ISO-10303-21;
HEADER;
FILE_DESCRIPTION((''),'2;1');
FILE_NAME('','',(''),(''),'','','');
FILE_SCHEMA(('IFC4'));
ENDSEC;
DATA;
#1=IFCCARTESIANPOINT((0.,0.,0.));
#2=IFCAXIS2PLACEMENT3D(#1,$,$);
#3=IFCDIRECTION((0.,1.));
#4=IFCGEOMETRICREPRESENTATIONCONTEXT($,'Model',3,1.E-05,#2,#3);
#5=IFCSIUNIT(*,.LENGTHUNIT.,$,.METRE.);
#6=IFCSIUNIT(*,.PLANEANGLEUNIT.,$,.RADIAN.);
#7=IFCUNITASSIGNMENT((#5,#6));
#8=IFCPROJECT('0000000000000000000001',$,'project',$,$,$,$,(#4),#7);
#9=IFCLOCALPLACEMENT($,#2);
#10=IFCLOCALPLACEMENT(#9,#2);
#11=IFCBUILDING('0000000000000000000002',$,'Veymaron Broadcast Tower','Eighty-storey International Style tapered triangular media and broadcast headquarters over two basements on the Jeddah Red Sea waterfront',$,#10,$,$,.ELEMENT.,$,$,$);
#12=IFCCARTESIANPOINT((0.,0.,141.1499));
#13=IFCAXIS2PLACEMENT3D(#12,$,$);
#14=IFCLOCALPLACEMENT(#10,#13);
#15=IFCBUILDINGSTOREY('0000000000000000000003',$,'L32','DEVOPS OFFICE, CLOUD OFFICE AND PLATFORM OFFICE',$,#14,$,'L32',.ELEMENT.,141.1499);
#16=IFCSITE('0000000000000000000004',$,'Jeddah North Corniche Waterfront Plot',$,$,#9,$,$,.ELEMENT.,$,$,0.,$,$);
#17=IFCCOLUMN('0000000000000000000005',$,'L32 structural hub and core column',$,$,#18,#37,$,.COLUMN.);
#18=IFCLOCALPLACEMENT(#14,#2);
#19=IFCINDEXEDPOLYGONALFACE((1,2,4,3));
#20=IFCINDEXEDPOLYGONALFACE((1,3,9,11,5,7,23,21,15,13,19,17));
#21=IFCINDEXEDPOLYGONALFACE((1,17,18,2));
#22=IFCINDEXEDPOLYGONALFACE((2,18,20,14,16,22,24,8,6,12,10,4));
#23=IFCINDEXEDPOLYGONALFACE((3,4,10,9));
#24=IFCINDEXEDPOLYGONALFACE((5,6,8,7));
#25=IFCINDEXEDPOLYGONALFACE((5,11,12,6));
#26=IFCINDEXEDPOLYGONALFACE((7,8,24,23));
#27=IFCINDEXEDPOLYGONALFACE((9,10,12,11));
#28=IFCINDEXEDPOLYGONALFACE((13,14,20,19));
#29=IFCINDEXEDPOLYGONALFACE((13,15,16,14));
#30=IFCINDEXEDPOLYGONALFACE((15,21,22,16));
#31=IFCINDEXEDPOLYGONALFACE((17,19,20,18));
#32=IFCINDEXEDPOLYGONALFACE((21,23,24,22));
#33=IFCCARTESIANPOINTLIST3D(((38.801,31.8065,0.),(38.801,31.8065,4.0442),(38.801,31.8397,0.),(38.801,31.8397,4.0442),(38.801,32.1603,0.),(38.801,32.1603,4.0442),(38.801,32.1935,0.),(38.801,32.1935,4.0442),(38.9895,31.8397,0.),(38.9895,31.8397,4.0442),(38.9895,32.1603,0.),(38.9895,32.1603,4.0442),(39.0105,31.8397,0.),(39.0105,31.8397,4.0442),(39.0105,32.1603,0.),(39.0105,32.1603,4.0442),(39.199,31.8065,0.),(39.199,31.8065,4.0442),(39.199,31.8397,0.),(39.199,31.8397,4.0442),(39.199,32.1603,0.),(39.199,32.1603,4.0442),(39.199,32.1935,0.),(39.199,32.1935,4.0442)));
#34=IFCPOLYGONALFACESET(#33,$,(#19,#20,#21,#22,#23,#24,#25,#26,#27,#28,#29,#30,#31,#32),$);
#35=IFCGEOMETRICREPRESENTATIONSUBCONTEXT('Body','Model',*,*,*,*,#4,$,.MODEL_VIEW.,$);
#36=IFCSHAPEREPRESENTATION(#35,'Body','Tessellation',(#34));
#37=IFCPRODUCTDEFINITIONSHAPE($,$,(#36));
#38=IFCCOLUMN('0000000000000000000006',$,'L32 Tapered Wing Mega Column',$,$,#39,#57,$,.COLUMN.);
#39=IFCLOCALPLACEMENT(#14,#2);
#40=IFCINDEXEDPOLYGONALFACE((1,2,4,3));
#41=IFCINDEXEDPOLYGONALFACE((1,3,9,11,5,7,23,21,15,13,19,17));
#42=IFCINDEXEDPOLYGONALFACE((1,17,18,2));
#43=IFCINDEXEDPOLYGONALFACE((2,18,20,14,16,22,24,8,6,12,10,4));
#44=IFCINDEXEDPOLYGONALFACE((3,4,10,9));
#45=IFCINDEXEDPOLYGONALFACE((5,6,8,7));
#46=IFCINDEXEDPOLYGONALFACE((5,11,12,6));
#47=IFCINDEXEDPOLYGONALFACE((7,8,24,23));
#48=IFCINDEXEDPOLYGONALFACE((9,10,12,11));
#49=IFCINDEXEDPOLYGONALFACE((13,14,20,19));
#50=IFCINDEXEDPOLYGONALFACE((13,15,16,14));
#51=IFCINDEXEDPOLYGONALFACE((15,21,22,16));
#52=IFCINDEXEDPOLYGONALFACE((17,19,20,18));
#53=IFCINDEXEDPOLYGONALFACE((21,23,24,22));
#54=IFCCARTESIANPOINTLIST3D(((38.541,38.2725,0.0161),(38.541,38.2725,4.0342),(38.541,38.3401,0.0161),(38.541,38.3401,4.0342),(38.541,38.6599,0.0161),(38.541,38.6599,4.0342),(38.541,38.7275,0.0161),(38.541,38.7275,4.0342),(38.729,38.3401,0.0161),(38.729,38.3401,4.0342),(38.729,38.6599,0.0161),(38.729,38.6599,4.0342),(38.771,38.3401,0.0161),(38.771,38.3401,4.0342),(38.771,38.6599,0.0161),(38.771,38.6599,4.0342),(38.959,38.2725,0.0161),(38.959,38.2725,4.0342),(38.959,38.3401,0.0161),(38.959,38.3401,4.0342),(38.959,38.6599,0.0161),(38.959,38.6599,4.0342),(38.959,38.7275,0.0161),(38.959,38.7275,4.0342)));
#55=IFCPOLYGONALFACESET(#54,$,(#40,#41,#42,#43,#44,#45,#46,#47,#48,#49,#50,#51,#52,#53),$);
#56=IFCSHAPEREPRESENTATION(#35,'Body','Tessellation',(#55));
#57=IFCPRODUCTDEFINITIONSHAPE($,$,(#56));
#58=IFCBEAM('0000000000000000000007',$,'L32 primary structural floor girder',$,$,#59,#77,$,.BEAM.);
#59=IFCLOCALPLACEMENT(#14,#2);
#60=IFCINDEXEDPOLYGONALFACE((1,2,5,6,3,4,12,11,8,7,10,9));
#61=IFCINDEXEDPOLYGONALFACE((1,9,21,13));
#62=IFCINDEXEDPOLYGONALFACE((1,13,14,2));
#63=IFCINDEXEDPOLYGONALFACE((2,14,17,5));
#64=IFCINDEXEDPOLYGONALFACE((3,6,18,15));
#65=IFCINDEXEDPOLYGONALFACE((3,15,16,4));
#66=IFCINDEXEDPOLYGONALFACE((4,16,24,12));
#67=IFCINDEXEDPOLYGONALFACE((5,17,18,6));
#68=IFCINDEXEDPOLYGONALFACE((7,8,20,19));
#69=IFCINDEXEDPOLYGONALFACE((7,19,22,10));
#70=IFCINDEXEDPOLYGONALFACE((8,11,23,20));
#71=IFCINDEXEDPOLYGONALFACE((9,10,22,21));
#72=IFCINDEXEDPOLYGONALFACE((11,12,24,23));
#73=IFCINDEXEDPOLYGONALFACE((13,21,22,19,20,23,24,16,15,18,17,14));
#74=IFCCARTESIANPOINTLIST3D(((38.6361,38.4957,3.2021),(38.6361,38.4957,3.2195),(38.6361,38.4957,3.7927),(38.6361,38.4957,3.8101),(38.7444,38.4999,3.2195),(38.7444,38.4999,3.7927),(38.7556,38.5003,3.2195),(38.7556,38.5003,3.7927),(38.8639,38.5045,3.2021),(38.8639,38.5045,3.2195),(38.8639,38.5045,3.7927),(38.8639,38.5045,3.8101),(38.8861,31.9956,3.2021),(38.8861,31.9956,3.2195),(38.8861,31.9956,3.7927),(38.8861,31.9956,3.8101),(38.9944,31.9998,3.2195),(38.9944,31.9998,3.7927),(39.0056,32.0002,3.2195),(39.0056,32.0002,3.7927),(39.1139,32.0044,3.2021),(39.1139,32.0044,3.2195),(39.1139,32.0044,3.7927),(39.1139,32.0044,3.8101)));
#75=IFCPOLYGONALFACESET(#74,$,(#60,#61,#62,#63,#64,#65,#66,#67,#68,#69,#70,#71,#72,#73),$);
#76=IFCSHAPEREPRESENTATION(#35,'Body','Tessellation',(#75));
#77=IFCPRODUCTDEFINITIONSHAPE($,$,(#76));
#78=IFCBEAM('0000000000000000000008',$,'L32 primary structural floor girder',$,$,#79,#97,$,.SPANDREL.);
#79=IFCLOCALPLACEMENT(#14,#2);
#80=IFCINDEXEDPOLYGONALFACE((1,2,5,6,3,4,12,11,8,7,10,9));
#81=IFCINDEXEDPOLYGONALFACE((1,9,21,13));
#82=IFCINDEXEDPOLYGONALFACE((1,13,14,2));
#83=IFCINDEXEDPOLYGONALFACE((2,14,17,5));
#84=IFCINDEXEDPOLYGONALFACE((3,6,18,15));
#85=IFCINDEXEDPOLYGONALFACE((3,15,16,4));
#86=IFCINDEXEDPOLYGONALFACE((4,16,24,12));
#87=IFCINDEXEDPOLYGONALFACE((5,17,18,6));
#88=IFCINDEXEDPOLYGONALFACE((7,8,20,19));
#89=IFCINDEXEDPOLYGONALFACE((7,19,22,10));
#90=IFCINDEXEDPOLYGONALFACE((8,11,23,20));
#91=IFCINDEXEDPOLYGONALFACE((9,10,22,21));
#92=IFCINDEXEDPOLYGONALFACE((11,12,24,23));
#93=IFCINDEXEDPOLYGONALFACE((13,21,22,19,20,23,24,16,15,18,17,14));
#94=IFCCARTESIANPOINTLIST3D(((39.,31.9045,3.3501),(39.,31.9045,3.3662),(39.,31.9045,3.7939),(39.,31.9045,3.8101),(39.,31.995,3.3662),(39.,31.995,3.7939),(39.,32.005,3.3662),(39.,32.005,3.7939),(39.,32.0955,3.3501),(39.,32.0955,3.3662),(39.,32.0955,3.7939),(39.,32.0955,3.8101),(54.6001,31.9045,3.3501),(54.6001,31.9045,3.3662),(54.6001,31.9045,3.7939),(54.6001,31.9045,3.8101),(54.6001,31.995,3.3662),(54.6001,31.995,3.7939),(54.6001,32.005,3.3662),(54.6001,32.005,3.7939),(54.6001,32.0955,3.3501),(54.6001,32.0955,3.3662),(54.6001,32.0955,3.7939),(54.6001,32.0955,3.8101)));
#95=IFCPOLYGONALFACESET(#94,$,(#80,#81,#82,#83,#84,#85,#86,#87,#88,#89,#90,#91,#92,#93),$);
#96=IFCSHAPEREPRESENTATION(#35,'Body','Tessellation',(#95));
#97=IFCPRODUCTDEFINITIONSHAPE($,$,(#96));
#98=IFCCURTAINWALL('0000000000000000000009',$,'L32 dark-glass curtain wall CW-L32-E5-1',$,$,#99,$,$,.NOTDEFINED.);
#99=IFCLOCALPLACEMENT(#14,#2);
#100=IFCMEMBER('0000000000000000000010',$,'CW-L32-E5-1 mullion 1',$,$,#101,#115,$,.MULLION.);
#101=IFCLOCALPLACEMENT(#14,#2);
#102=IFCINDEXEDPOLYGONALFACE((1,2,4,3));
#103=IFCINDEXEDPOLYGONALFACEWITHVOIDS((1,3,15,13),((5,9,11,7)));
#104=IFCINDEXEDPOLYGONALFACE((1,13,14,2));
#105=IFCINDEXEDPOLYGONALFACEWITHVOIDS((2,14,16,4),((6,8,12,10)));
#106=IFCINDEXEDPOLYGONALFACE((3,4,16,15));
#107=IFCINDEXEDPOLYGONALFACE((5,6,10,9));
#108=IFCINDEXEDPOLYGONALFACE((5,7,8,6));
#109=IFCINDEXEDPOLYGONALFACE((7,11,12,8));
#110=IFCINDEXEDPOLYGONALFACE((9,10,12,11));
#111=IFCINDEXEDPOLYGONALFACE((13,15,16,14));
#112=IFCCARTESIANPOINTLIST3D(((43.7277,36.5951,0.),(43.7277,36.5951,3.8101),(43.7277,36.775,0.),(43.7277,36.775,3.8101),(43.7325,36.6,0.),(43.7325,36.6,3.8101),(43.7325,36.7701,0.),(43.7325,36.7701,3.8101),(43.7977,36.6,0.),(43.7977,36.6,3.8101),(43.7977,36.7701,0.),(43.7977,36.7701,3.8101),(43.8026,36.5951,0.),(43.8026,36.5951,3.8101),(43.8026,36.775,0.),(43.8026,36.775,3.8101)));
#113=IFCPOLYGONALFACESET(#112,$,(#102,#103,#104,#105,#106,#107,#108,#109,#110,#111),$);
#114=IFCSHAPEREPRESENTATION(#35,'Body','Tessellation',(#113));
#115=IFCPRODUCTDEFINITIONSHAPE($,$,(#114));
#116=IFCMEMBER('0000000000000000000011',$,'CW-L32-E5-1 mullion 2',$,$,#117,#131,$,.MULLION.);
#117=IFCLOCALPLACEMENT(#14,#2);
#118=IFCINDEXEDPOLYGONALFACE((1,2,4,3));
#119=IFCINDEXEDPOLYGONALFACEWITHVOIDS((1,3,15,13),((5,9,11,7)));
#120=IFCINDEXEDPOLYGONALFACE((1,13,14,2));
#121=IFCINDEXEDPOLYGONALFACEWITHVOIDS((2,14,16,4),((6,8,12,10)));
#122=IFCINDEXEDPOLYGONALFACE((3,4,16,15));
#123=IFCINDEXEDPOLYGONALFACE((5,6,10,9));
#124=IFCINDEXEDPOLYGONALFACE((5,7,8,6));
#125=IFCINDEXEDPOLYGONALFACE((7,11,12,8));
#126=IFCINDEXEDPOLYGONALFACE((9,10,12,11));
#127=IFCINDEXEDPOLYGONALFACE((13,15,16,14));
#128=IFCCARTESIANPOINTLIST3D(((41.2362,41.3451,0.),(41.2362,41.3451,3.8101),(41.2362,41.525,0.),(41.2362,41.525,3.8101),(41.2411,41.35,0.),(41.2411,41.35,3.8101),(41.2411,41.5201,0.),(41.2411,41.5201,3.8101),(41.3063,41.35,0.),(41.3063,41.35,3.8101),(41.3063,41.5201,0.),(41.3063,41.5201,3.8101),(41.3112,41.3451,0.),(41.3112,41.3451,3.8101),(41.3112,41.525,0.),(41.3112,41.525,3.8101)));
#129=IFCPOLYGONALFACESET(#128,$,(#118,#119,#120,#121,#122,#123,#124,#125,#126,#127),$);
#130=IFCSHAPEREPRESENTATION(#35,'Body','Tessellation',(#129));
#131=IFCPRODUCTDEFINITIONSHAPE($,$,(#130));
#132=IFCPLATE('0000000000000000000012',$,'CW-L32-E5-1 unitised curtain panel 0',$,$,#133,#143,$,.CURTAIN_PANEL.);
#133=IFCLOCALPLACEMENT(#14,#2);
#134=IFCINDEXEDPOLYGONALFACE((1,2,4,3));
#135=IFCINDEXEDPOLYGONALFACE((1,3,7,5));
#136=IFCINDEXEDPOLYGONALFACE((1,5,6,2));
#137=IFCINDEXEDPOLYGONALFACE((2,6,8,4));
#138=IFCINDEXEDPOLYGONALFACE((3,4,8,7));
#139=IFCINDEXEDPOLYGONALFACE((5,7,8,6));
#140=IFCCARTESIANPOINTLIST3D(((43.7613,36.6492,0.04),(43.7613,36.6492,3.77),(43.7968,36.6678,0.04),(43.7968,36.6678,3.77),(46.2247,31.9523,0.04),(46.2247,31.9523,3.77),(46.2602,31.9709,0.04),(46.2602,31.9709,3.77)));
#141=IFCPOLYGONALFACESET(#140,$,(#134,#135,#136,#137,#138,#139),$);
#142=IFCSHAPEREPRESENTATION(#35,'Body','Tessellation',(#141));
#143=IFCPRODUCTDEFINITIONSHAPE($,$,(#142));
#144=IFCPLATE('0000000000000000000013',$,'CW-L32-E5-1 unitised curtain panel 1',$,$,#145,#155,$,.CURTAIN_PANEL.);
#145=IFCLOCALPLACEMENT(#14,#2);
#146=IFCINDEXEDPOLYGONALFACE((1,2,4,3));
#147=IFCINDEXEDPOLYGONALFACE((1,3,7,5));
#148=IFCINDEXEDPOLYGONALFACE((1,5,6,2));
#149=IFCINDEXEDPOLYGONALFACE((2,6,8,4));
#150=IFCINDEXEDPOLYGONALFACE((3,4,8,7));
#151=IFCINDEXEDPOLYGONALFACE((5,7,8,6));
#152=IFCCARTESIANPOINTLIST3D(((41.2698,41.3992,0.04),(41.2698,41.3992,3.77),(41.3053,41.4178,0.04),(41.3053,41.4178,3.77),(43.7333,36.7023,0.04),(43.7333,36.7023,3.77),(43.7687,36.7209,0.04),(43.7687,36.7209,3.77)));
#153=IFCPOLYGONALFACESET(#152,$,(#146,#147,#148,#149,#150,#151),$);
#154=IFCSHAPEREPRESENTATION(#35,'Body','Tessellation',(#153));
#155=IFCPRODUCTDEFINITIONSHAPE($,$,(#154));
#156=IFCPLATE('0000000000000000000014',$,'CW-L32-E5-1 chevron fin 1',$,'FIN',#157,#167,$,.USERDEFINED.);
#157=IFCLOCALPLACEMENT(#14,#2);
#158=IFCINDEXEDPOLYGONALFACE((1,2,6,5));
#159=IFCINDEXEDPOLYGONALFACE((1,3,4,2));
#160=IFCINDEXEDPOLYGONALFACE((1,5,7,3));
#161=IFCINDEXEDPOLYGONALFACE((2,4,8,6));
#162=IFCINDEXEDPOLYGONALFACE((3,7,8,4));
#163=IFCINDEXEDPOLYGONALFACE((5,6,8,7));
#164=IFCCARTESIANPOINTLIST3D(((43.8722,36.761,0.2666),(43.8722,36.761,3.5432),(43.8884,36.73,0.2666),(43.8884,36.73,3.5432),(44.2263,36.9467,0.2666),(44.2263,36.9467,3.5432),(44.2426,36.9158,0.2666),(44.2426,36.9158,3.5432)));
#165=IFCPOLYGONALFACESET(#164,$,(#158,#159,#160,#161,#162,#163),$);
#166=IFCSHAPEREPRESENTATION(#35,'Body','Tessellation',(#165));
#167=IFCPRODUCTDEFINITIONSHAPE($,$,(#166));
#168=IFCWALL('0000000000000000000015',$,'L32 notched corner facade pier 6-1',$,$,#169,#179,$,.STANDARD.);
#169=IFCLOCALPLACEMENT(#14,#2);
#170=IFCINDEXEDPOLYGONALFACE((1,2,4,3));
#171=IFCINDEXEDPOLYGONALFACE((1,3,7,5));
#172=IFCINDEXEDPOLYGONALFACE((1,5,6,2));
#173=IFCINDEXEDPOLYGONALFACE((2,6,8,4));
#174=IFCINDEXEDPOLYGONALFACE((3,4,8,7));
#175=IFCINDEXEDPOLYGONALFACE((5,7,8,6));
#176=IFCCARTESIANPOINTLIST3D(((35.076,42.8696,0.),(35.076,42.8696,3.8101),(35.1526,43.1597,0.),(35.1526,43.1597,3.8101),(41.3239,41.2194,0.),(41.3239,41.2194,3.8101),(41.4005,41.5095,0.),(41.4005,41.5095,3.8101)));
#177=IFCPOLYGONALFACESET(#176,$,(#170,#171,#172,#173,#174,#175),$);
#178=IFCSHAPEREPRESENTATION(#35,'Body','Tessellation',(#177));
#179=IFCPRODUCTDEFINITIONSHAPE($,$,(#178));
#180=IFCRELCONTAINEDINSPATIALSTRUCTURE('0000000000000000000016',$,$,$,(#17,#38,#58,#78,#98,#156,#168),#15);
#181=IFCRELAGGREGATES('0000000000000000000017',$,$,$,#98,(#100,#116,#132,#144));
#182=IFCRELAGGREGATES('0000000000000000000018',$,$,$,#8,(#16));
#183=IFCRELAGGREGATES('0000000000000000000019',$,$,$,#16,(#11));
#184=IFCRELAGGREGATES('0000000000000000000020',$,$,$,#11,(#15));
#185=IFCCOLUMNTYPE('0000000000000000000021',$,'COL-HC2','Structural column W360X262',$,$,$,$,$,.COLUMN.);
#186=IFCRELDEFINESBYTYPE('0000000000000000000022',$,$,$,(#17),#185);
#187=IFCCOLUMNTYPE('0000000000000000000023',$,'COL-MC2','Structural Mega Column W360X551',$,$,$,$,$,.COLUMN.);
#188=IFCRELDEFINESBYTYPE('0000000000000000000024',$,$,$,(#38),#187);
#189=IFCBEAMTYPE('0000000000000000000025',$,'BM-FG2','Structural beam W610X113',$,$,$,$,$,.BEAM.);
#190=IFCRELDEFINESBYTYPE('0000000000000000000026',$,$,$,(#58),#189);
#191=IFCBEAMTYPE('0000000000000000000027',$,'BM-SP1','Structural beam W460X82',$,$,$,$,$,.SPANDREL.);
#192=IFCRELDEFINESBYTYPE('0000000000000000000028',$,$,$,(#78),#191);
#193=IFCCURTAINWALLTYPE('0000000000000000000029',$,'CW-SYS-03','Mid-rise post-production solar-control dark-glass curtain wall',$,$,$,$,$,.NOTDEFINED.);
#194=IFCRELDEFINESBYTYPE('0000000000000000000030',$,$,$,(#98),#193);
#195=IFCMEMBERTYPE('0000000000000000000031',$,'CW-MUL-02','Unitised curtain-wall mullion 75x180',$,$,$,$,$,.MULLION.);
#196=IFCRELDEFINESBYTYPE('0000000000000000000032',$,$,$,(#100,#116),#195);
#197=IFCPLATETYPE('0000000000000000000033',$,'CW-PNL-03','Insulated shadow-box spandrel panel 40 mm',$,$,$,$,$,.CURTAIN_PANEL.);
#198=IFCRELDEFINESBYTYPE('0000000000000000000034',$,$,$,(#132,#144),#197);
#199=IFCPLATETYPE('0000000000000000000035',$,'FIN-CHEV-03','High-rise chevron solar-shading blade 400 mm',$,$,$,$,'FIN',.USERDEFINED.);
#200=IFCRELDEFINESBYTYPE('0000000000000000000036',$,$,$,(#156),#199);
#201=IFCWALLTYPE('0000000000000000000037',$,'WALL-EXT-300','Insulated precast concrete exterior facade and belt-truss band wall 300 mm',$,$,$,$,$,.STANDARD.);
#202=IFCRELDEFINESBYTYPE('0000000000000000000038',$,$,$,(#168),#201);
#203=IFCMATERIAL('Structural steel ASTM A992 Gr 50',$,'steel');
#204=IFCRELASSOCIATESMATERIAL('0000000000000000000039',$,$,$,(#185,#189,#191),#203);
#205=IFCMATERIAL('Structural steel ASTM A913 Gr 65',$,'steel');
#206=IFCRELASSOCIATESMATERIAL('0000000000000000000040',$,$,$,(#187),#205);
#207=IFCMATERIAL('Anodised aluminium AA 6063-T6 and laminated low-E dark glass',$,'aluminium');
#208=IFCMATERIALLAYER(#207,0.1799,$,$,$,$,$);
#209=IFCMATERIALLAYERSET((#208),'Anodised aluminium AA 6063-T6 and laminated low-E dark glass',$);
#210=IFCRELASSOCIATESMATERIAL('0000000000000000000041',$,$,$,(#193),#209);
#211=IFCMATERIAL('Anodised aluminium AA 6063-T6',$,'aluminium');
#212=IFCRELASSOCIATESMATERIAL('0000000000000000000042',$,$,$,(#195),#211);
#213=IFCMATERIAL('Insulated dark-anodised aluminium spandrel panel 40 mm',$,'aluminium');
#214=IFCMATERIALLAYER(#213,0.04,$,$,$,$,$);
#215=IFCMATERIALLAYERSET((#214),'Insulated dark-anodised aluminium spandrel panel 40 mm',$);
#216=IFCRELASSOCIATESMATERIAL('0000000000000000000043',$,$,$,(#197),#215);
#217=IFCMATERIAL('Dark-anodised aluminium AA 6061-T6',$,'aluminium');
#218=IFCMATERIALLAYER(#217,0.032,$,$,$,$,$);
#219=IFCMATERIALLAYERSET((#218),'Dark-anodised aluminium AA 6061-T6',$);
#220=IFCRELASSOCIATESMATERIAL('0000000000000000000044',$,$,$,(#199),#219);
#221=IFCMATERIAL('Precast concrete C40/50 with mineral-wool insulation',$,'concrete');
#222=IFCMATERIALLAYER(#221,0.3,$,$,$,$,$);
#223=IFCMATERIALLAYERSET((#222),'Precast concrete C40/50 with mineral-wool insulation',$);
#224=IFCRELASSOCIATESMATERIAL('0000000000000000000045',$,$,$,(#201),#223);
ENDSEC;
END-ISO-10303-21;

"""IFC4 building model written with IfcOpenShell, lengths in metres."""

from ifc_helpers import new_model, si_unit, direction, frame, frame_2d, origin, origin_2d, place, context, subcontext, project, spatial, rectangle, hollow_rectangle, i_section, extrude, material, layer, layer_set, material_profile, profile_set, type_object, element, aggregate, save


model = new_model("IFC4")

# Units and contexts
model_context = context("Model", 3, precision=1e-05, world=origin(), true_north=direction((0.0, 1.0)))
body_context = subcontext(model_context, "Body", "Model", "MODEL_VIEW")
ifc_project = project(units=[si_unit("LENGTHUNIT", "METRE"), si_unit("PLANEANGLEUNIT", "RADIAN")], contexts=[model_context])

# Site, building, storey
site_placement = place(None, origin())
site = spatial("IfcSite", under=ifc_project, at=site_placement, Name="Jeddah North Corniche Waterfront Plot", CompositionType="ELEMENT", RefElevation=0.0)
building_placement = place(site_placement, origin())
building = spatial("IfcBuilding", under=site, at=building_placement, Name="Veymaron Broadcast Tower", Description="Eighty-storey International Style tapered triangular media and broadcast headquarters over two basements on the Jeddah Red Sea waterfront", CompositionType="ELEMENT")
storey_placement = place(building_placement, frame((0.0, 0.0, 141.1499)))
storey = spatial("IfcBuildingStorey", under=building, at=storey_placement, Name="L32", Description="DEVOPS OFFICE, CLOUD OFFICE AND PLATFORM OFFICE", LongName="L32", CompositionType="ELEMENT", Elevation=141.1499)

# Columns
ifc_material_1 = material(Name="Structural steel ASTM A992 Gr 50", Category="steel")
ifc_material_profile_1 = material_profile(ifc_material_1, i_section(OverallWidth=0.3979, OverallDepth=0.387, WebThickness=0.021, FlangeThickness=0.0332, at=origin_2d()), Name="W360X262")
ifc_profile_set_1 = profile_set([ifc_material_profile_1], Name="Structural steel ASTM A992 Gr 50")
column_type_1 = type_object("IfcColumnType", Name="COL-HC2", Description="Structural column W360X262", PredefinedType="COLUMN", material=ifc_profile_set_1)
column_1_placement = place(storey_placement, frame((39.0, 32.0, 0.0), z_axis=(0.0, 0.0, 1.0), x_axis=(1.0, 0.0, 0.0)))
element("IfcColumn", 1, at=column_1_placement, inside=storey, type_object=column_type_1, Name="L32 structural hub and core column", PredefinedType="COLUMN", context=body_context, shape_type="SweptSolid", body=[
    extrude(i_section(OverallWidth=0.3979, OverallDepth=0.387, WebThickness=0.021, FlangeThickness=0.0332, at=origin_2d()), origin(), (0.0, 0.0, 1.0), 4.0442),
])
ifc_material_2 = material(Name="Structural steel ASTM A913 Gr 65", Category="steel")
ifc_material_profile_2 = material_profile(ifc_material_2, i_section(OverallWidth=0.418, OverallDepth=0.4551, WebThickness=0.042, FlangeThickness=0.0676, at=origin_2d()), Name="W360X551")
ifc_profile_set_2 = profile_set([ifc_material_profile_2], Name="Structural steel ASTM A913 Gr 65")
column_type_2 = type_object("IfcColumnType", Name="COL-MC2", Description="Structural Mega Column W360X551", PredefinedType="COLUMN", material=ifc_profile_set_2)
column_2_placement = place(storey_placement, frame((38.75, 38.5, 0.0161), z_axis=(0.0, 0.0, 1.0), x_axis=(1.0, 0.0, 0.0)))
element("IfcColumn", 2, at=column_2_placement, inside=storey, type_object=column_type_2, Name="L32 Tapered Wing Mega Column", PredefinedType="COLUMN", context=body_context, shape_type="SweptSolid", body=[
    extrude(i_section(OverallWidth=0.418, OverallDepth=0.4551, WebThickness=0.042, FlangeThickness=0.0676, at=origin_2d()), origin(), (0.0, 0.0, 1.0), 4.0181),
])

# Beams
ifc_material_profile_3 = material_profile(ifc_material_1, i_section(OverallWidth=0.228, OverallDepth=0.6079, WebThickness=0.0112, FlangeThickness=0.0173, at=origin_2d()), Name="W610X113")
ifc_profile_set_3 = profile_set([ifc_material_profile_3], Name="Structural steel ASTM A992 Gr 50")
beam_type_1 = type_object("IfcBeamType", Name="BM-FG2", Description="Structural beam W610X113", PredefinedType="BEAM", material=ifc_profile_set_3)
beam_1_placement = place(storey_placement, frame((39.0, 32.0, 3.5061), z_axis=(-0.038433, 0.999261, 0.0), x_axis=(-0.999261, -0.038433, 0.0)))
element("IfcBeam", 3, at=beam_1_placement, inside=storey, type_object=beam_type_1, Name="L32 primary structural floor girder", PredefinedType="BEAM", context=body_context, shape_type="SweptSolid", body=[
    extrude(i_section(OverallWidth=0.228, OverallDepth=0.6079, WebThickness=0.0112, FlangeThickness=0.0173, at=origin_2d()), origin(), (0.0, 0.0, 1.0), 6.5049),
])
ifc_material_profile_4 = material_profile(ifc_material_1, i_section(OverallWidth=0.1909, OverallDepth=0.46, WebThickness=0.01, FlangeThickness=0.0161, at=origin_2d()), Name="W460X82")
ifc_profile_set_4 = profile_set([ifc_material_profile_4], Name="Structural steel ASTM A992 Gr 50")
beam_type_2 = type_object("IfcBeamType", Name="BM-SP1", Description="Structural beam W460X82", PredefinedType="SPANDREL", material=ifc_profile_set_4)
beam_2_placement = place(storey_placement, frame((39.0, 32.0, 3.5801), z_axis=(1.0, 0.0, 0.0), x_axis=(0.0, 1.0, 0.0)))
element("IfcBeam", 4, at=beam_2_placement, inside=storey, type_object=beam_type_2, Name="L32 primary structural floor girder", PredefinedType="SPANDREL", context=body_context, shape_type="SweptSolid", body=[
    extrude(i_section(OverallWidth=0.1909, OverallDepth=0.46, WebThickness=0.01, FlangeThickness=0.0161, at=origin_2d()), origin(), (0.0, 0.0, 1.0), 15.6001),
])

# Curtain wall, members, plates
ifc_material_3 = material(Name="Anodised aluminium AA 6063-T6 and laminated low-E dark glass", Category="aluminium")
ifc_layer_1 = layer(ifc_material_3, 0.1799)
ifc_layer_set_1 = layer_set([ifc_layer_1], Name="Anodised aluminium AA 6063-T6 and laminated low-E dark glass")
curtain_wall_type = type_object("IfcCurtainWallType", Name="CW-SYS-03", Description="Mid-rise post-production solar-control dark-glass curtain wall", PredefinedType="NOTDEFINED", material=ifc_layer_set_1)
curtain_wall_placement = place(storey_placement, origin())
curtain_wall = element("IfcCurtainWall", 5, at=curtain_wall_placement, inside=storey, type_object=curtain_wall_type, Name="L32 dark-glass curtain wall CW-L32-E5-1", PredefinedType="NOTDEFINED")
ifc_material_4 = material(Name="Anodised aluminium AA 6063-T6", Category="aluminium")
ifc_material_profile_5 = material_profile(ifc_material_4, hollow_rectangle(XDim=0.075, YDim=0.1799, WallThickness=0.0049, at=origin_2d()), Name="AL180X75X5")
ifc_profile_set_5 = profile_set([ifc_material_profile_5], Name="Anodised aluminium AA 6063-T6")
member_type = type_object("IfcMemberType", Name="CW-MUL-02", Description="Unitised curtain-wall mullion 75x180", PredefinedType="MULLION", material=ifc_profile_set_5)
member_1_placement = place(storey_placement, frame((43.7651, 36.6851, 0.0), z_axis=(0.0, 0.0, 1.0), x_axis=(1.0, 0.0, 0.0)))
member_1 = element("IfcMember", 6, at=member_1_placement, type_object=member_type, Name="CW-L32-E5-1 mullion 1", PredefinedType="MULLION", context=body_context, shape_type="SweptSolid", body=[
    extrude(hollow_rectangle(XDim=0.075, YDim=0.1799, WallThickness=0.0049, at=origin_2d()), origin(), (0.0, 0.0, 1.0), 3.8101),
])
member_2_placement = place(storey_placement, frame((41.2737, 41.4351, 0.0), z_axis=(0.0, 0.0, 1.0), x_axis=(1.0, 0.0, 0.0)))
member_2 = element("IfcMember", 7, at=member_2_placement, type_object=member_type, Name="CW-L32-E5-1 mullion 2", PredefinedType="MULLION", context=body_context, shape_type="SweptSolid", body=[
    extrude(hollow_rectangle(XDim=0.075, YDim=0.1799, WallThickness=0.0049, at=origin_2d()), origin(), (0.0, 0.0, 1.0), 3.8101),
])
ifc_material_5 = material(Name="Insulated dark-anodised aluminium spandrel panel 40 mm", Category="aluminium")
ifc_layer_2 = layer(ifc_material_5, 0.04)
ifc_layer_set_2 = layer_set([ifc_layer_2], Name="Insulated dark-anodised aluminium spandrel panel 40 mm")
plate_type_1 = type_object("IfcPlateType", Name="CW-PNL-03", Description="Insulated shadow-box spandrel panel 40 mm", PredefinedType="CURTAIN_PANEL", material=ifc_layer_set_2)
plate_1_placement = place(storey_placement, frame((45.0107, 34.3101, 0.04), z_axis=(0.0, 0.0, 1.0), x_axis=(-0.464471, 0.885588, 0.0)))
plate_1 = element("IfcPlate", 8, at=plate_1_placement, type_object=plate_type_1, Name="CW-L32-E5-1 unitised curtain panel 0", PredefinedType="CURTAIN_PANEL", context=body_context, shape_type="SweptSolid", body=[
    extrude(rectangle(XDim=5.3037, YDim=0.04, at=origin_2d()), origin(), (0.0, 0.0, 1.0), 3.73),
])
plate_2_placement = place(storey_placement, frame((42.5193, 39.0601, 0.04), z_axis=(0.0, 0.0, 1.0), x_axis=(-0.464471, 0.885588, 0.0)))
plate_2 = element("IfcPlate", 9, at=plate_2_placement, type_object=plate_type_1, Name="CW-L32-E5-1 unitised curtain panel 1", PredefinedType="CURTAIN_PANEL", context=body_context, shape_type="SweptSolid", body=[
    extrude(rectangle(XDim=5.3037, YDim=0.04, at=origin_2d()), origin(), (0.0, 0.0, 1.0), 3.73),
])
aggregate(curtain_wall, [member_1, member_2, plate_1, plate_2])

# Plate
ifc_material_6 = material(Name="Dark-anodised aluminium AA 6061-T6", Category="aluminium")
ifc_layer_3 = layer(ifc_material_6, 0.032)
ifc_layer_set_3 = layer_set([ifc_layer_3], Name="Dark-anodised aluminium AA 6061-T6")
plate_type_2 = type_object("IfcPlateType", Name="FIN-CHEV-03", Description="High-rise chevron solar-shading blade 400 mm", ElementType="FIN", PredefinedType="USERDEFINED", material=ifc_layer_set_3)
plate_3_placement = place(storey_placement, frame((44.0574, 36.8384, 0.2666), z_axis=(0.0, 0.0, 1.0), x_axis=(0.885588, 0.464471, 0.0)))
element("IfcPlate", 10, at=plate_3_placement, inside=storey, type_object=plate_type_2, Name="CW-L32-E5-1 chevron fin 1", ObjectType="FIN", PredefinedType="USERDEFINED", context=body_context, shape_type="SweptSolid", body=[
    extrude(rectangle(XDim=0.3999, YDim=0.0349, at=origin_2d()), origin(), (0.0, 0.0, 1.0), 3.2766),
])

# Wall
ifc_material_7 = material(Name="Precast concrete C40/50 with mineral-wool insulation", Category="concrete")
ifc_layer_4 = layer(ifc_material_7, 0.3)
ifc_layer_set_4 = layer_set([ifc_layer_4], Name="Precast concrete C40/50 with mineral-wool insulation")
wall_type_1 = type_object("IfcWallType", Name="WALL-EXT-300", Description="Insulated precast concrete exterior facade and belt-truss band wall 300 mm", PredefinedType="STANDARD", material=ifc_layer_set_4)
wall_1_placement = place(storey_placement, frame((41.3621, 41.3645, 0.0), z_axis=(0.0, 0.0, 1.0), x_axis=(-0.966846, 0.25536, 0.0)))
element("IfcWall", 11, at=wall_1_placement, inside=storey, type_object=wall_type_1, Name="L32 notched corner facade pier 6-1", PredefinedType="STANDARD", context=body_context, shape_type="SweptSolid", body=[
    extrude(rectangle(XDim=6.4622, YDim=0.3, at=frame_2d((3.231, 0.0))), origin(), (0.0, 0.0, 1.0), 3.8101),
])

save(model, "model.ifc")
